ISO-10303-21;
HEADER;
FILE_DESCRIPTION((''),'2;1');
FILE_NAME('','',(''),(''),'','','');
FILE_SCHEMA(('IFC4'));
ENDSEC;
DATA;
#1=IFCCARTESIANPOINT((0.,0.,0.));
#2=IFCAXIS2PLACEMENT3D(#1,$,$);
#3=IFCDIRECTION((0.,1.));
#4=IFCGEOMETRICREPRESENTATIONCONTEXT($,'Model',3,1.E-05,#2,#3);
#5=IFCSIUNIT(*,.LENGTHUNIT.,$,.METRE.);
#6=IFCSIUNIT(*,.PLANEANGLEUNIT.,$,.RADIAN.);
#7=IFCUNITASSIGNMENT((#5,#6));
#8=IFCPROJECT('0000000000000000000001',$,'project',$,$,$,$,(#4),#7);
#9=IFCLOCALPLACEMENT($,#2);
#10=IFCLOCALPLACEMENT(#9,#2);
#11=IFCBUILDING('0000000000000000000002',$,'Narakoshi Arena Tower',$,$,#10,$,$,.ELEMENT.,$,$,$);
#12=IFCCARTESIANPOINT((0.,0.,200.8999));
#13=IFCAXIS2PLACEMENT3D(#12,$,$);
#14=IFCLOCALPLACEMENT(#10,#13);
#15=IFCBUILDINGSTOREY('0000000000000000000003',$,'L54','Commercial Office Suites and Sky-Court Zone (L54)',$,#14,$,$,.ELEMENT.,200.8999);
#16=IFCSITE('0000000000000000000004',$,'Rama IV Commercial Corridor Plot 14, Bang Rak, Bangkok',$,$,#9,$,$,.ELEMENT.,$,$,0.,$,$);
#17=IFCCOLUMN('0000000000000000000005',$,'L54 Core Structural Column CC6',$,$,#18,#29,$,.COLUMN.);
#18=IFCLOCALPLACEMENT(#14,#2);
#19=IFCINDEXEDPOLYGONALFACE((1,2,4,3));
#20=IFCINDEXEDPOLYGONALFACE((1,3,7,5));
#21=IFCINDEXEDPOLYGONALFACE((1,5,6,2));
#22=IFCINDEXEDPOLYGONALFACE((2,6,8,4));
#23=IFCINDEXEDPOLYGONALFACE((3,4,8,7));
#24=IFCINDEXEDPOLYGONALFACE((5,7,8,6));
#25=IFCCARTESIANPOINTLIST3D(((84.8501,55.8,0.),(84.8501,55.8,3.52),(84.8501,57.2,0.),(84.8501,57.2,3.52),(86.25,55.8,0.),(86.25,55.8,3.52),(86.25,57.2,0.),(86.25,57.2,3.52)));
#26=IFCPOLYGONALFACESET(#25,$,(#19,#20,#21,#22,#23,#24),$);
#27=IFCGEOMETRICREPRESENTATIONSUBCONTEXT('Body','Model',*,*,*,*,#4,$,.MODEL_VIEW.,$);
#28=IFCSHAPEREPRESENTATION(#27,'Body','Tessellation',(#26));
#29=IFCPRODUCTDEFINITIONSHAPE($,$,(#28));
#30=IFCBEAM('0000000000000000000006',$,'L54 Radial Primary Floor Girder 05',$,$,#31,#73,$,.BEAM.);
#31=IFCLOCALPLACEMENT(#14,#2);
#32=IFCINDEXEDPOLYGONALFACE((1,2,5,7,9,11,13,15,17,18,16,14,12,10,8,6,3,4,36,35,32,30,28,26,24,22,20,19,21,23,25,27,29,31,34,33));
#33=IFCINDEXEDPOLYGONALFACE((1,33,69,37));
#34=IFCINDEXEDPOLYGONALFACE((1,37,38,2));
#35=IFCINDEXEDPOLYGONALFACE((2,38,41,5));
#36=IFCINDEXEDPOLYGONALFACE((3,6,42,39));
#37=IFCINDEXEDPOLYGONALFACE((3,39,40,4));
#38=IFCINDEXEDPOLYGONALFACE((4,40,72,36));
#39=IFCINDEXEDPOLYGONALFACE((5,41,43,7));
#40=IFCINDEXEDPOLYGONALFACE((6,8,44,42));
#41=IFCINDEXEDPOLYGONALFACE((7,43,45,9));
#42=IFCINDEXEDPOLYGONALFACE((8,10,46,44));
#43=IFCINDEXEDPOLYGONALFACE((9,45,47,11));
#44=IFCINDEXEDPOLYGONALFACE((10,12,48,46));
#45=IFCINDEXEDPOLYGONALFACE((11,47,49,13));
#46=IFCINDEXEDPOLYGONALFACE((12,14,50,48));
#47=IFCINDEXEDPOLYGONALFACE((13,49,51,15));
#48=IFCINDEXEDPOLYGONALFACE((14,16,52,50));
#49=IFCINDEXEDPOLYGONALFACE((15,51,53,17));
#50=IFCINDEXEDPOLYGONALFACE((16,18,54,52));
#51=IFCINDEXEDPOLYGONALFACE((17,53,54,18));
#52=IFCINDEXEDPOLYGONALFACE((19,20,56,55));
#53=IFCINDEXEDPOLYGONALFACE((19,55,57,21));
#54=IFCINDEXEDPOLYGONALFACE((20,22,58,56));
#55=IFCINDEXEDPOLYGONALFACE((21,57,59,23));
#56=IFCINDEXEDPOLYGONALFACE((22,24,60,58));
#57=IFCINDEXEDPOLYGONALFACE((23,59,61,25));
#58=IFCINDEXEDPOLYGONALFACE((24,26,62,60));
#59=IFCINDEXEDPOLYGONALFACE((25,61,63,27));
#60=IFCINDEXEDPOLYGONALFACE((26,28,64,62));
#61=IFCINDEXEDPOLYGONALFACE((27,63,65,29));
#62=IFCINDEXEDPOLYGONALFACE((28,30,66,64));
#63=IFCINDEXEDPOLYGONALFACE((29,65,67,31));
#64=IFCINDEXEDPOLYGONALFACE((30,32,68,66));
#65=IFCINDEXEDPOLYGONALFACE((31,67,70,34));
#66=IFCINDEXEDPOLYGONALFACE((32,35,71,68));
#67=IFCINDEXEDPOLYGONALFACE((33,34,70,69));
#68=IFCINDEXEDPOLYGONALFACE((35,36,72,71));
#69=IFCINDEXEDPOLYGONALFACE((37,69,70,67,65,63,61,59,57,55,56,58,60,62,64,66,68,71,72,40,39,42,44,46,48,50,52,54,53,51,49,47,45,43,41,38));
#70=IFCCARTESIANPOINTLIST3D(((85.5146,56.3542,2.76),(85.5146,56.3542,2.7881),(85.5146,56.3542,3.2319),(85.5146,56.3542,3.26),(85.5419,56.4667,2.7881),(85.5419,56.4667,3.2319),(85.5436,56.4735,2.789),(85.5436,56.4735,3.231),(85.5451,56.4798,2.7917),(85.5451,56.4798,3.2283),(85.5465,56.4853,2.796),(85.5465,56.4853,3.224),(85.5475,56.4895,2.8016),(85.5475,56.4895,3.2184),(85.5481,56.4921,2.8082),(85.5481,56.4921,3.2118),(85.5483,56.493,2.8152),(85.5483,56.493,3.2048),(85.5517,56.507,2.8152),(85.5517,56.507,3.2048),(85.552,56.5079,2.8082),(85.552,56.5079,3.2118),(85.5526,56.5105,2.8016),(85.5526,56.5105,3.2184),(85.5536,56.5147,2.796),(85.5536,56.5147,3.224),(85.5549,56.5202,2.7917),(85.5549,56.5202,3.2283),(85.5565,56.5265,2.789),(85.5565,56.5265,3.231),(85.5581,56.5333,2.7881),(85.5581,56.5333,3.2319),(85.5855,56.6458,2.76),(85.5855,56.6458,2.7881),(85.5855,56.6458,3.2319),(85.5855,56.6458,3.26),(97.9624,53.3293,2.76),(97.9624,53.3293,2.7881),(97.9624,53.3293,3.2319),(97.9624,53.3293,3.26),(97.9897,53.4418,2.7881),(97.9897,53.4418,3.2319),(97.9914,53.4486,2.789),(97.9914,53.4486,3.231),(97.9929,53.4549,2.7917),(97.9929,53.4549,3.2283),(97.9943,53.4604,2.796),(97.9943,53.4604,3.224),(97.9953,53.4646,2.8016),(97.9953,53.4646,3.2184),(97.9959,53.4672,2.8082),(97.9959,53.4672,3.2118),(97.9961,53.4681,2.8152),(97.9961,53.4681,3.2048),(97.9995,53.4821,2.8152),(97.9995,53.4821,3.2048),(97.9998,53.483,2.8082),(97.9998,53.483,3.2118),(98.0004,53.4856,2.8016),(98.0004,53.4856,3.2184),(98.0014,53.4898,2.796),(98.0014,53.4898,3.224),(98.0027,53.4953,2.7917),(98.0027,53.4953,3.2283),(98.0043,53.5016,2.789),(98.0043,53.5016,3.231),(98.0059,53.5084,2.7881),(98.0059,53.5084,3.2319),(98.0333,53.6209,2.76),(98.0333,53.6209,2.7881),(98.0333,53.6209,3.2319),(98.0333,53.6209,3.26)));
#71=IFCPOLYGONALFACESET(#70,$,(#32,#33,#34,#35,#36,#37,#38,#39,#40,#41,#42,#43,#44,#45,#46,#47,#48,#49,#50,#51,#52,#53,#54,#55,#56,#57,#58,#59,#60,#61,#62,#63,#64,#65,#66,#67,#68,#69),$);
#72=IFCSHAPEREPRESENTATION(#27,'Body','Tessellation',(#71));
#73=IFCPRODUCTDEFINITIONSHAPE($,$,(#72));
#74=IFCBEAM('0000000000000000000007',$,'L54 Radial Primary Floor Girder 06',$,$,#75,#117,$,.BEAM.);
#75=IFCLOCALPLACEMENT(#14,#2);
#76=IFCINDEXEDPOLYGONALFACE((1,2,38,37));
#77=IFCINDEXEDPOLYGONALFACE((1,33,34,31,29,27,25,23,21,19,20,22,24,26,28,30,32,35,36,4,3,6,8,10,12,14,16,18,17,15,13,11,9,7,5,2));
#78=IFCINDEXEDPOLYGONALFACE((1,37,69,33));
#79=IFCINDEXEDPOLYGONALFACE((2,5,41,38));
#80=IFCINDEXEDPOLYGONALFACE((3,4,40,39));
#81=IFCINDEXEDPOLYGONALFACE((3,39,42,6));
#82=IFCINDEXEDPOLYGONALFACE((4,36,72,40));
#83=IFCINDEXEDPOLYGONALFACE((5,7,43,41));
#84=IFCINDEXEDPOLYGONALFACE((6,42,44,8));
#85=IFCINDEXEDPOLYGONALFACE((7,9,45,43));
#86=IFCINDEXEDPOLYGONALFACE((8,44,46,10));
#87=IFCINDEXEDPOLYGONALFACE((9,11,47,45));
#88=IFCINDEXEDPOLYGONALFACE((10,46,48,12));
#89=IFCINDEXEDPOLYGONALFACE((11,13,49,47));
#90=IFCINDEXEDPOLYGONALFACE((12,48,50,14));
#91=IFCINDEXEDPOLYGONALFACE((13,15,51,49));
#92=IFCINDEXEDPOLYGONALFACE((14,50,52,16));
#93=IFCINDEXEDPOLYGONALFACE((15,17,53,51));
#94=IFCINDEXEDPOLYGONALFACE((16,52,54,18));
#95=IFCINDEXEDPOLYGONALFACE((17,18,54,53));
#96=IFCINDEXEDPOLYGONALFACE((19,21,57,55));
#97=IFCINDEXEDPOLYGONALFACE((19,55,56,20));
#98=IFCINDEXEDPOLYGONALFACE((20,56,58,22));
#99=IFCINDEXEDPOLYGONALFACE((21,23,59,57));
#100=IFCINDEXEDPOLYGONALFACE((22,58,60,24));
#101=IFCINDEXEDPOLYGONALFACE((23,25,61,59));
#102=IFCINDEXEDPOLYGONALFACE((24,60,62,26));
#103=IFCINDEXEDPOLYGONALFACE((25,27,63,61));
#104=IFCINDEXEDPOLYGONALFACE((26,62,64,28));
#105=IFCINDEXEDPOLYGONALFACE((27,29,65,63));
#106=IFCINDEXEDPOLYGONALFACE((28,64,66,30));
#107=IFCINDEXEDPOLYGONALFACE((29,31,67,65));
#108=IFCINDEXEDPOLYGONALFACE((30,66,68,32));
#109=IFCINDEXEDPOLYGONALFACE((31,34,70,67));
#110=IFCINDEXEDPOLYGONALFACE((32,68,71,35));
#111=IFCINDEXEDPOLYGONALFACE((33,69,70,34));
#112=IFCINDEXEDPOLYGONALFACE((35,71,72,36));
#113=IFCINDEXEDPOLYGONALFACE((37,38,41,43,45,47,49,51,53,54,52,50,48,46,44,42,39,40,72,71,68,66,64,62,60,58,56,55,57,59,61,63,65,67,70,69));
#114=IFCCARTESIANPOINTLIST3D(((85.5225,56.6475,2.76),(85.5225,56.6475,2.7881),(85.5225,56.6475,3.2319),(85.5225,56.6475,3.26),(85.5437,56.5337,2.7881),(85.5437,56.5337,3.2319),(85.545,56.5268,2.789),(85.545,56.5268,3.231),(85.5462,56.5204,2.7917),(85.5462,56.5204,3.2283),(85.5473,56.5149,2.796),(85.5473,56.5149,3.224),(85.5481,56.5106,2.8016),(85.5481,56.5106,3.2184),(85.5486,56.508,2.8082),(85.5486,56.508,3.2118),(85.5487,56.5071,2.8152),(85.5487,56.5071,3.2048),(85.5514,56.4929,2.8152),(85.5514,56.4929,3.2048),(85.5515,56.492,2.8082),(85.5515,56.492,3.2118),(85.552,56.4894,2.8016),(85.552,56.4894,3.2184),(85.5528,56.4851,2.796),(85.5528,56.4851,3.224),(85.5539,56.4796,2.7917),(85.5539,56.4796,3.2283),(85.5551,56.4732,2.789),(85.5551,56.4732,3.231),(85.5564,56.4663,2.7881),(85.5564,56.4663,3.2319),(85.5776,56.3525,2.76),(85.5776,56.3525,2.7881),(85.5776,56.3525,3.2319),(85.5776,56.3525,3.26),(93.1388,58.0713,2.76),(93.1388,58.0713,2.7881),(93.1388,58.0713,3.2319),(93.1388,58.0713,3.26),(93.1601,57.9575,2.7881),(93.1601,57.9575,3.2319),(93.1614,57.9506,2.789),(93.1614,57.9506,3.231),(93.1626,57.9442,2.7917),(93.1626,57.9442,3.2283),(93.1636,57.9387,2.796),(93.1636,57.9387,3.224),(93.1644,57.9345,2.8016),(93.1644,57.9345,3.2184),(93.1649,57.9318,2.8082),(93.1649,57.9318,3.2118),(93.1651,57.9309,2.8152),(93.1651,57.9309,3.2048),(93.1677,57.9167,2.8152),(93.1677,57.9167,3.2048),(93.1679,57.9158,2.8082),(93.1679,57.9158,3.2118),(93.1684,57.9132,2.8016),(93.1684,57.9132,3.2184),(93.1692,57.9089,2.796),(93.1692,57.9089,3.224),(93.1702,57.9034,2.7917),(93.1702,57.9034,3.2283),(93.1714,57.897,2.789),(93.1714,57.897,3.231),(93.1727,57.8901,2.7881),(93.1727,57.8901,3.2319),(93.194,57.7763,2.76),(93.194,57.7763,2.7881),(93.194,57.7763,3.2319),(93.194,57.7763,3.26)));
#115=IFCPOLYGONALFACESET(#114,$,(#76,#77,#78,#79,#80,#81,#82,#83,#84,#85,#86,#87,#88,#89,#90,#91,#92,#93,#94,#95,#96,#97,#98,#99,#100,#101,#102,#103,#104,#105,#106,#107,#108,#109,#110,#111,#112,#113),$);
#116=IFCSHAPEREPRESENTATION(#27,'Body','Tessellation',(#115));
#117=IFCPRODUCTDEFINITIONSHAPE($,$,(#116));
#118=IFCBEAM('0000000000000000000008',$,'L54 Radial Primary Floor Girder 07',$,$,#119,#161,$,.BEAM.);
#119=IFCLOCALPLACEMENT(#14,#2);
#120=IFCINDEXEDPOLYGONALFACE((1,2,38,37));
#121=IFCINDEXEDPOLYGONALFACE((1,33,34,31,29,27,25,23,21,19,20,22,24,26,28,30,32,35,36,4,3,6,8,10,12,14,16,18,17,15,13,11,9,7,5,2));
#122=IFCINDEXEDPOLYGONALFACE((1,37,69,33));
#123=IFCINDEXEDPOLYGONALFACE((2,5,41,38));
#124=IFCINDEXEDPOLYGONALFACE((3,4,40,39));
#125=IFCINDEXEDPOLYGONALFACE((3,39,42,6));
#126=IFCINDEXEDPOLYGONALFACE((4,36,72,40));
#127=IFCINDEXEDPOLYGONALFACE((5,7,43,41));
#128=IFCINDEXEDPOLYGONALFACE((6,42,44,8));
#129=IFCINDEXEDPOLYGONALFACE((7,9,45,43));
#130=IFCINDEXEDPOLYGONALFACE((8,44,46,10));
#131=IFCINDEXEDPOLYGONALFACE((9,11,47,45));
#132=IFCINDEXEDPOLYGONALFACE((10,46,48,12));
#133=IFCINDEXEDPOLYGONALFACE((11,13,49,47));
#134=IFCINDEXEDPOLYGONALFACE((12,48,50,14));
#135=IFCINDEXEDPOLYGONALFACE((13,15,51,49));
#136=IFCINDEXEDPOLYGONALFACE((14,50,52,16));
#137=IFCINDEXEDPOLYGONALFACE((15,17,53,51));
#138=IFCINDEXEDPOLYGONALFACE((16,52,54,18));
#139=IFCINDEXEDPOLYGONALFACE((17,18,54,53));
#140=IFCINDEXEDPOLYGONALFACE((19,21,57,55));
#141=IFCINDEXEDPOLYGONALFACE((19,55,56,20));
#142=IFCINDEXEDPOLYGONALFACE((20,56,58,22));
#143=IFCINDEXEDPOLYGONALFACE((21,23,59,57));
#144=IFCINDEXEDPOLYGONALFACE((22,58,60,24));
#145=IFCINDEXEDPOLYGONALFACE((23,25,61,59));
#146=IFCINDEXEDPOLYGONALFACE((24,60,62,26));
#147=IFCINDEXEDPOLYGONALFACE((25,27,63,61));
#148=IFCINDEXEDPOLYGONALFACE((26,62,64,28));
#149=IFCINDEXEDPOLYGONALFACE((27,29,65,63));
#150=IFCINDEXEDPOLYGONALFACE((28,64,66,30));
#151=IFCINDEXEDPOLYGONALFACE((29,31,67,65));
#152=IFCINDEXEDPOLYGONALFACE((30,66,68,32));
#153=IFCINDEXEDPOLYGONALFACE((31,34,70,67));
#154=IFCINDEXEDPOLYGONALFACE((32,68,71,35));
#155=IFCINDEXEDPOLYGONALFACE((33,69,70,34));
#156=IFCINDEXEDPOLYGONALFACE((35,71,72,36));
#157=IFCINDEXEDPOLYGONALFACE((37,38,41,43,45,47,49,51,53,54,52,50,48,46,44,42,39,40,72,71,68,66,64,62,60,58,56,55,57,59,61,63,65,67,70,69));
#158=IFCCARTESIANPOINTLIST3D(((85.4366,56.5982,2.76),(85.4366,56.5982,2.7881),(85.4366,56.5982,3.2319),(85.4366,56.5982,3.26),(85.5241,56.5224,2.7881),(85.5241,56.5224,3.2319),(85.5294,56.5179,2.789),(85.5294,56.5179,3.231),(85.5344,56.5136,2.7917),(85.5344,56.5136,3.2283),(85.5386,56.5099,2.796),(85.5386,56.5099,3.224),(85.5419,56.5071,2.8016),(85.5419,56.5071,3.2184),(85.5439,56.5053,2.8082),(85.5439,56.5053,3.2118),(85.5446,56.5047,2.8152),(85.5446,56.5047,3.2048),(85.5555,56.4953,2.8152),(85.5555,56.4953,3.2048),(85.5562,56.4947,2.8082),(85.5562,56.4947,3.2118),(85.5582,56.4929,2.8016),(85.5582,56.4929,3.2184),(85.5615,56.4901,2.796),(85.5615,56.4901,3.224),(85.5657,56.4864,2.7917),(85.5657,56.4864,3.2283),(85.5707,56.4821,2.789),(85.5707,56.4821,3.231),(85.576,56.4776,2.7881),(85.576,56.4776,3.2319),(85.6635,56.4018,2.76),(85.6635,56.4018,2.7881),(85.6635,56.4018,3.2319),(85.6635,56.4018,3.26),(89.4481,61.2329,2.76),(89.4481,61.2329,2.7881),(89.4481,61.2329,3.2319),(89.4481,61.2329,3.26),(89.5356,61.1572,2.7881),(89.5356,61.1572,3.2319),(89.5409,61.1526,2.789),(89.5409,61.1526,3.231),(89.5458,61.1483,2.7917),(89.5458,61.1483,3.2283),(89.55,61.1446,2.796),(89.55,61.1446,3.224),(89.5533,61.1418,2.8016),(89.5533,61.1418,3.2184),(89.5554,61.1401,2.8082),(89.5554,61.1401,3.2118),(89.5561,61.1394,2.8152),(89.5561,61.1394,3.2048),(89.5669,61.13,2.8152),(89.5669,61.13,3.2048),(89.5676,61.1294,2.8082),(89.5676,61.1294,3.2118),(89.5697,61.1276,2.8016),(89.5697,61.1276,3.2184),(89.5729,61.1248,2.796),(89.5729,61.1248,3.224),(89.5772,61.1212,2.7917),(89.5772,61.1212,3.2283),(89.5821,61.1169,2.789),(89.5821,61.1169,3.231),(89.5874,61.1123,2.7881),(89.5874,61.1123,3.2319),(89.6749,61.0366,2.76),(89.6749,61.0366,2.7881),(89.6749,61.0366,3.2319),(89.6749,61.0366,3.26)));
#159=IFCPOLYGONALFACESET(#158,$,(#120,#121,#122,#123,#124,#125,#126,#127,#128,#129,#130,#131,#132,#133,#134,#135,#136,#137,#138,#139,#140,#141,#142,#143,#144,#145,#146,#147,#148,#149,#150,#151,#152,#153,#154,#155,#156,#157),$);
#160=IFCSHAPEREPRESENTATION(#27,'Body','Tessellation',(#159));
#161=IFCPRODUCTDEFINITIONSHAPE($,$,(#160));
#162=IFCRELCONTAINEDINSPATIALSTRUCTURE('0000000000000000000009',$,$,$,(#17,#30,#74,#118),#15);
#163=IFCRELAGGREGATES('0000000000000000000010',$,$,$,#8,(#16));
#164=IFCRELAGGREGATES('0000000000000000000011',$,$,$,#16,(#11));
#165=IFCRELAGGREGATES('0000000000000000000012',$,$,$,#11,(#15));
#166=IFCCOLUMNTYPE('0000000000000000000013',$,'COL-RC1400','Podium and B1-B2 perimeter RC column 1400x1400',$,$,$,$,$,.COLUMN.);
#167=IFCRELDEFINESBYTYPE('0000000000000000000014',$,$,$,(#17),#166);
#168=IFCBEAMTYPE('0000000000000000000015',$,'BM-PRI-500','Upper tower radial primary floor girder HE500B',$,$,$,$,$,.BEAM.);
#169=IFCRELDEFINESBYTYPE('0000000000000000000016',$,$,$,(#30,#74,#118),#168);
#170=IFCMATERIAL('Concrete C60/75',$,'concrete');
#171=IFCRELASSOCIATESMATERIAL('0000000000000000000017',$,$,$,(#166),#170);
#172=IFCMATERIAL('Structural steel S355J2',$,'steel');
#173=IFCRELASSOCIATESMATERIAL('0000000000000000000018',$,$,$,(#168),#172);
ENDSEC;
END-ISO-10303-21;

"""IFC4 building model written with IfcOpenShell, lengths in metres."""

from ifc_helpers import new_model, si_unit, direction, frame, origin, origin_2d, place, context, subcontext, project, spatial, rectangle, i_section, extrude, material, material_profile, profile_set, type_object, element, save


model = new_model("IFC4")

# Units and contexts
model_context = context("Model", 3, precision=1e-05, world=origin(), true_north=direction((0.0, 1.0)))
body_context = subcontext(model_context, "Body", "Model", "MODEL_VIEW")
ifc_project = project(units=[si_unit("LENGTHUNIT", "METRE"), si_unit("PLANEANGLEUNIT", "RADIAN")], contexts=[model_context])

# Site, building, storey
site_placement = place(None, origin())
site = spatial("IfcSite", under=ifc_project, at=site_placement, Name="Rama IV Commercial Corridor Plot 14, Bang Rak, Bangkok", CompositionType="ELEMENT", RefElevation=0.0)
building_placement = place(site_placement, origin())
building = spatial("IfcBuilding", under=site, at=building_placement, Name="Narakoshi Arena Tower", CompositionType="ELEMENT")
storey_placement = place(building_placement, frame((0.0, 0.0, 200.8999)))
storey = spatial("IfcBuildingStorey", under=building, at=storey_placement, Name="L54", Description="Commercial Office Suites and Sky-Court Zone (L54)", CompositionType="ELEMENT", Elevation=200.8999)

# Column
ifc_material_1 = material(Name="Concrete C60/75", Category="concrete")
ifc_material_profile_1 = material_profile(ifc_material_1, rectangle(XDim=1.3999, YDim=1.3999, at=origin_2d()), Name="RC1400x1400")
ifc_profile_set_1 = profile_set([ifc_material_profile_1], Name="Concrete C60/75")
column_type = type_object("IfcColumnType", Name="COL-RC1400", Description="Podium and B1-B2 perimeter RC column 1400x1400", PredefinedType="COLUMN", material=ifc_profile_set_1)
column_placement = place(storey_placement, frame((85.55, 56.5, 0.0), z_axis=(0.0, 0.0, 1.0), x_axis=(1.0, 0.0, 0.0)))
element("IfcColumn", 1, at=column_placement, inside=storey, type_object=column_type, Name="L54 Core Structural Column CC6", PredefinedType="COLUMN", context=body_context, shape_type="SweptSolid", body=[
    extrude(rectangle(XDim=1.3999, YDim=1.3999, at=origin_2d()), origin(), (0.0, 0.0, 1.0), 3.52),
])

# Beams
ifc_material_2 = material(Name="Structural steel S355J2", Category="steel")
ifc_material_profile_2 = material_profile(ifc_material_2, i_section(OverallWidth=0.3, OverallDepth=0.5, WebThickness=0.0144, FlangeThickness=0.0281, FilletRadius=0.0271, at=origin_2d()), Name="HE500B")
ifc_profile_set_2 = profile_set([ifc_material_profile_2], Name="Structural steel S355J2")
beam_type = type_object("IfcBeamType", Name="BM-PRI-500", Description="Upper tower radial primary floor girder HE500B", PredefinedType="BEAM", material=ifc_profile_set_2)
beam_1_placement = place(storey_placement, frame((85.55, 56.5, 3.01), z_axis=(0.97172, -0.236136, 0.0), x_axis=(0.236136, 0.97172, 0.0)))
element("IfcBeam", 2, at=beam_1_placement, inside=storey, type_object=beam_type, Name="L54 Radial Primary Floor Girder 05", PredefinedType="BEAM", context=body_context, shape_type="SweptSolid", body=[
    extrude(i_section(OverallWidth=0.3, OverallDepth=0.5, WebThickness=0.0144, FlangeThickness=0.0281, FilletRadius=0.0271, at=origin_2d()), origin(), (0.0, 0.0, 1.0), 12.8101),
])
beam_2_placement = place(storey_placement, frame((85.55, 56.5, 3.01), z_axis=(0.982972, 0.183758, 0.0), x_axis=(-0.183758, 0.982972, 0.0)))
element("IfcBeam", 3, at=beam_2_placement, inside=storey, type_object=beam_type, Name="L54 Radial Primary Floor Girder 06", PredefinedType="BEAM", context=body_context, shape_type="SweptSolid", body=[
    extrude(i_section(OverallWidth=0.3, OverallDepth=0.5, WebThickness=0.0144, FlangeThickness=0.0281, FilletRadius=0.0271, at=origin_2d()), origin(), (0.0, 0.0, 1.0), 7.7483),
])
beam_3_placement = place(storey_placement, frame((85.55, 56.5, 3.01), z_axis=(0.654435, 0.756119, 0.0), x_axis=(-0.756119, 0.654435, 0.0)))
element("IfcBeam", 4, at=beam_3_placement, inside=storey, type_object=beam_type, Name="L54 Radial Primary Floor Girder 07", PredefinedType="BEAM", context=body_context, shape_type="SweptSolid", body=[
    extrude(i_section(OverallWidth=0.3, OverallDepth=0.5, WebThickness=0.0144, FlangeThickness=0.0281, FilletRadius=0.0271, at=origin_2d()), origin(), (0.0, 0.0, 1.0), 6.1296),
])

save(model, "model.ifc")
